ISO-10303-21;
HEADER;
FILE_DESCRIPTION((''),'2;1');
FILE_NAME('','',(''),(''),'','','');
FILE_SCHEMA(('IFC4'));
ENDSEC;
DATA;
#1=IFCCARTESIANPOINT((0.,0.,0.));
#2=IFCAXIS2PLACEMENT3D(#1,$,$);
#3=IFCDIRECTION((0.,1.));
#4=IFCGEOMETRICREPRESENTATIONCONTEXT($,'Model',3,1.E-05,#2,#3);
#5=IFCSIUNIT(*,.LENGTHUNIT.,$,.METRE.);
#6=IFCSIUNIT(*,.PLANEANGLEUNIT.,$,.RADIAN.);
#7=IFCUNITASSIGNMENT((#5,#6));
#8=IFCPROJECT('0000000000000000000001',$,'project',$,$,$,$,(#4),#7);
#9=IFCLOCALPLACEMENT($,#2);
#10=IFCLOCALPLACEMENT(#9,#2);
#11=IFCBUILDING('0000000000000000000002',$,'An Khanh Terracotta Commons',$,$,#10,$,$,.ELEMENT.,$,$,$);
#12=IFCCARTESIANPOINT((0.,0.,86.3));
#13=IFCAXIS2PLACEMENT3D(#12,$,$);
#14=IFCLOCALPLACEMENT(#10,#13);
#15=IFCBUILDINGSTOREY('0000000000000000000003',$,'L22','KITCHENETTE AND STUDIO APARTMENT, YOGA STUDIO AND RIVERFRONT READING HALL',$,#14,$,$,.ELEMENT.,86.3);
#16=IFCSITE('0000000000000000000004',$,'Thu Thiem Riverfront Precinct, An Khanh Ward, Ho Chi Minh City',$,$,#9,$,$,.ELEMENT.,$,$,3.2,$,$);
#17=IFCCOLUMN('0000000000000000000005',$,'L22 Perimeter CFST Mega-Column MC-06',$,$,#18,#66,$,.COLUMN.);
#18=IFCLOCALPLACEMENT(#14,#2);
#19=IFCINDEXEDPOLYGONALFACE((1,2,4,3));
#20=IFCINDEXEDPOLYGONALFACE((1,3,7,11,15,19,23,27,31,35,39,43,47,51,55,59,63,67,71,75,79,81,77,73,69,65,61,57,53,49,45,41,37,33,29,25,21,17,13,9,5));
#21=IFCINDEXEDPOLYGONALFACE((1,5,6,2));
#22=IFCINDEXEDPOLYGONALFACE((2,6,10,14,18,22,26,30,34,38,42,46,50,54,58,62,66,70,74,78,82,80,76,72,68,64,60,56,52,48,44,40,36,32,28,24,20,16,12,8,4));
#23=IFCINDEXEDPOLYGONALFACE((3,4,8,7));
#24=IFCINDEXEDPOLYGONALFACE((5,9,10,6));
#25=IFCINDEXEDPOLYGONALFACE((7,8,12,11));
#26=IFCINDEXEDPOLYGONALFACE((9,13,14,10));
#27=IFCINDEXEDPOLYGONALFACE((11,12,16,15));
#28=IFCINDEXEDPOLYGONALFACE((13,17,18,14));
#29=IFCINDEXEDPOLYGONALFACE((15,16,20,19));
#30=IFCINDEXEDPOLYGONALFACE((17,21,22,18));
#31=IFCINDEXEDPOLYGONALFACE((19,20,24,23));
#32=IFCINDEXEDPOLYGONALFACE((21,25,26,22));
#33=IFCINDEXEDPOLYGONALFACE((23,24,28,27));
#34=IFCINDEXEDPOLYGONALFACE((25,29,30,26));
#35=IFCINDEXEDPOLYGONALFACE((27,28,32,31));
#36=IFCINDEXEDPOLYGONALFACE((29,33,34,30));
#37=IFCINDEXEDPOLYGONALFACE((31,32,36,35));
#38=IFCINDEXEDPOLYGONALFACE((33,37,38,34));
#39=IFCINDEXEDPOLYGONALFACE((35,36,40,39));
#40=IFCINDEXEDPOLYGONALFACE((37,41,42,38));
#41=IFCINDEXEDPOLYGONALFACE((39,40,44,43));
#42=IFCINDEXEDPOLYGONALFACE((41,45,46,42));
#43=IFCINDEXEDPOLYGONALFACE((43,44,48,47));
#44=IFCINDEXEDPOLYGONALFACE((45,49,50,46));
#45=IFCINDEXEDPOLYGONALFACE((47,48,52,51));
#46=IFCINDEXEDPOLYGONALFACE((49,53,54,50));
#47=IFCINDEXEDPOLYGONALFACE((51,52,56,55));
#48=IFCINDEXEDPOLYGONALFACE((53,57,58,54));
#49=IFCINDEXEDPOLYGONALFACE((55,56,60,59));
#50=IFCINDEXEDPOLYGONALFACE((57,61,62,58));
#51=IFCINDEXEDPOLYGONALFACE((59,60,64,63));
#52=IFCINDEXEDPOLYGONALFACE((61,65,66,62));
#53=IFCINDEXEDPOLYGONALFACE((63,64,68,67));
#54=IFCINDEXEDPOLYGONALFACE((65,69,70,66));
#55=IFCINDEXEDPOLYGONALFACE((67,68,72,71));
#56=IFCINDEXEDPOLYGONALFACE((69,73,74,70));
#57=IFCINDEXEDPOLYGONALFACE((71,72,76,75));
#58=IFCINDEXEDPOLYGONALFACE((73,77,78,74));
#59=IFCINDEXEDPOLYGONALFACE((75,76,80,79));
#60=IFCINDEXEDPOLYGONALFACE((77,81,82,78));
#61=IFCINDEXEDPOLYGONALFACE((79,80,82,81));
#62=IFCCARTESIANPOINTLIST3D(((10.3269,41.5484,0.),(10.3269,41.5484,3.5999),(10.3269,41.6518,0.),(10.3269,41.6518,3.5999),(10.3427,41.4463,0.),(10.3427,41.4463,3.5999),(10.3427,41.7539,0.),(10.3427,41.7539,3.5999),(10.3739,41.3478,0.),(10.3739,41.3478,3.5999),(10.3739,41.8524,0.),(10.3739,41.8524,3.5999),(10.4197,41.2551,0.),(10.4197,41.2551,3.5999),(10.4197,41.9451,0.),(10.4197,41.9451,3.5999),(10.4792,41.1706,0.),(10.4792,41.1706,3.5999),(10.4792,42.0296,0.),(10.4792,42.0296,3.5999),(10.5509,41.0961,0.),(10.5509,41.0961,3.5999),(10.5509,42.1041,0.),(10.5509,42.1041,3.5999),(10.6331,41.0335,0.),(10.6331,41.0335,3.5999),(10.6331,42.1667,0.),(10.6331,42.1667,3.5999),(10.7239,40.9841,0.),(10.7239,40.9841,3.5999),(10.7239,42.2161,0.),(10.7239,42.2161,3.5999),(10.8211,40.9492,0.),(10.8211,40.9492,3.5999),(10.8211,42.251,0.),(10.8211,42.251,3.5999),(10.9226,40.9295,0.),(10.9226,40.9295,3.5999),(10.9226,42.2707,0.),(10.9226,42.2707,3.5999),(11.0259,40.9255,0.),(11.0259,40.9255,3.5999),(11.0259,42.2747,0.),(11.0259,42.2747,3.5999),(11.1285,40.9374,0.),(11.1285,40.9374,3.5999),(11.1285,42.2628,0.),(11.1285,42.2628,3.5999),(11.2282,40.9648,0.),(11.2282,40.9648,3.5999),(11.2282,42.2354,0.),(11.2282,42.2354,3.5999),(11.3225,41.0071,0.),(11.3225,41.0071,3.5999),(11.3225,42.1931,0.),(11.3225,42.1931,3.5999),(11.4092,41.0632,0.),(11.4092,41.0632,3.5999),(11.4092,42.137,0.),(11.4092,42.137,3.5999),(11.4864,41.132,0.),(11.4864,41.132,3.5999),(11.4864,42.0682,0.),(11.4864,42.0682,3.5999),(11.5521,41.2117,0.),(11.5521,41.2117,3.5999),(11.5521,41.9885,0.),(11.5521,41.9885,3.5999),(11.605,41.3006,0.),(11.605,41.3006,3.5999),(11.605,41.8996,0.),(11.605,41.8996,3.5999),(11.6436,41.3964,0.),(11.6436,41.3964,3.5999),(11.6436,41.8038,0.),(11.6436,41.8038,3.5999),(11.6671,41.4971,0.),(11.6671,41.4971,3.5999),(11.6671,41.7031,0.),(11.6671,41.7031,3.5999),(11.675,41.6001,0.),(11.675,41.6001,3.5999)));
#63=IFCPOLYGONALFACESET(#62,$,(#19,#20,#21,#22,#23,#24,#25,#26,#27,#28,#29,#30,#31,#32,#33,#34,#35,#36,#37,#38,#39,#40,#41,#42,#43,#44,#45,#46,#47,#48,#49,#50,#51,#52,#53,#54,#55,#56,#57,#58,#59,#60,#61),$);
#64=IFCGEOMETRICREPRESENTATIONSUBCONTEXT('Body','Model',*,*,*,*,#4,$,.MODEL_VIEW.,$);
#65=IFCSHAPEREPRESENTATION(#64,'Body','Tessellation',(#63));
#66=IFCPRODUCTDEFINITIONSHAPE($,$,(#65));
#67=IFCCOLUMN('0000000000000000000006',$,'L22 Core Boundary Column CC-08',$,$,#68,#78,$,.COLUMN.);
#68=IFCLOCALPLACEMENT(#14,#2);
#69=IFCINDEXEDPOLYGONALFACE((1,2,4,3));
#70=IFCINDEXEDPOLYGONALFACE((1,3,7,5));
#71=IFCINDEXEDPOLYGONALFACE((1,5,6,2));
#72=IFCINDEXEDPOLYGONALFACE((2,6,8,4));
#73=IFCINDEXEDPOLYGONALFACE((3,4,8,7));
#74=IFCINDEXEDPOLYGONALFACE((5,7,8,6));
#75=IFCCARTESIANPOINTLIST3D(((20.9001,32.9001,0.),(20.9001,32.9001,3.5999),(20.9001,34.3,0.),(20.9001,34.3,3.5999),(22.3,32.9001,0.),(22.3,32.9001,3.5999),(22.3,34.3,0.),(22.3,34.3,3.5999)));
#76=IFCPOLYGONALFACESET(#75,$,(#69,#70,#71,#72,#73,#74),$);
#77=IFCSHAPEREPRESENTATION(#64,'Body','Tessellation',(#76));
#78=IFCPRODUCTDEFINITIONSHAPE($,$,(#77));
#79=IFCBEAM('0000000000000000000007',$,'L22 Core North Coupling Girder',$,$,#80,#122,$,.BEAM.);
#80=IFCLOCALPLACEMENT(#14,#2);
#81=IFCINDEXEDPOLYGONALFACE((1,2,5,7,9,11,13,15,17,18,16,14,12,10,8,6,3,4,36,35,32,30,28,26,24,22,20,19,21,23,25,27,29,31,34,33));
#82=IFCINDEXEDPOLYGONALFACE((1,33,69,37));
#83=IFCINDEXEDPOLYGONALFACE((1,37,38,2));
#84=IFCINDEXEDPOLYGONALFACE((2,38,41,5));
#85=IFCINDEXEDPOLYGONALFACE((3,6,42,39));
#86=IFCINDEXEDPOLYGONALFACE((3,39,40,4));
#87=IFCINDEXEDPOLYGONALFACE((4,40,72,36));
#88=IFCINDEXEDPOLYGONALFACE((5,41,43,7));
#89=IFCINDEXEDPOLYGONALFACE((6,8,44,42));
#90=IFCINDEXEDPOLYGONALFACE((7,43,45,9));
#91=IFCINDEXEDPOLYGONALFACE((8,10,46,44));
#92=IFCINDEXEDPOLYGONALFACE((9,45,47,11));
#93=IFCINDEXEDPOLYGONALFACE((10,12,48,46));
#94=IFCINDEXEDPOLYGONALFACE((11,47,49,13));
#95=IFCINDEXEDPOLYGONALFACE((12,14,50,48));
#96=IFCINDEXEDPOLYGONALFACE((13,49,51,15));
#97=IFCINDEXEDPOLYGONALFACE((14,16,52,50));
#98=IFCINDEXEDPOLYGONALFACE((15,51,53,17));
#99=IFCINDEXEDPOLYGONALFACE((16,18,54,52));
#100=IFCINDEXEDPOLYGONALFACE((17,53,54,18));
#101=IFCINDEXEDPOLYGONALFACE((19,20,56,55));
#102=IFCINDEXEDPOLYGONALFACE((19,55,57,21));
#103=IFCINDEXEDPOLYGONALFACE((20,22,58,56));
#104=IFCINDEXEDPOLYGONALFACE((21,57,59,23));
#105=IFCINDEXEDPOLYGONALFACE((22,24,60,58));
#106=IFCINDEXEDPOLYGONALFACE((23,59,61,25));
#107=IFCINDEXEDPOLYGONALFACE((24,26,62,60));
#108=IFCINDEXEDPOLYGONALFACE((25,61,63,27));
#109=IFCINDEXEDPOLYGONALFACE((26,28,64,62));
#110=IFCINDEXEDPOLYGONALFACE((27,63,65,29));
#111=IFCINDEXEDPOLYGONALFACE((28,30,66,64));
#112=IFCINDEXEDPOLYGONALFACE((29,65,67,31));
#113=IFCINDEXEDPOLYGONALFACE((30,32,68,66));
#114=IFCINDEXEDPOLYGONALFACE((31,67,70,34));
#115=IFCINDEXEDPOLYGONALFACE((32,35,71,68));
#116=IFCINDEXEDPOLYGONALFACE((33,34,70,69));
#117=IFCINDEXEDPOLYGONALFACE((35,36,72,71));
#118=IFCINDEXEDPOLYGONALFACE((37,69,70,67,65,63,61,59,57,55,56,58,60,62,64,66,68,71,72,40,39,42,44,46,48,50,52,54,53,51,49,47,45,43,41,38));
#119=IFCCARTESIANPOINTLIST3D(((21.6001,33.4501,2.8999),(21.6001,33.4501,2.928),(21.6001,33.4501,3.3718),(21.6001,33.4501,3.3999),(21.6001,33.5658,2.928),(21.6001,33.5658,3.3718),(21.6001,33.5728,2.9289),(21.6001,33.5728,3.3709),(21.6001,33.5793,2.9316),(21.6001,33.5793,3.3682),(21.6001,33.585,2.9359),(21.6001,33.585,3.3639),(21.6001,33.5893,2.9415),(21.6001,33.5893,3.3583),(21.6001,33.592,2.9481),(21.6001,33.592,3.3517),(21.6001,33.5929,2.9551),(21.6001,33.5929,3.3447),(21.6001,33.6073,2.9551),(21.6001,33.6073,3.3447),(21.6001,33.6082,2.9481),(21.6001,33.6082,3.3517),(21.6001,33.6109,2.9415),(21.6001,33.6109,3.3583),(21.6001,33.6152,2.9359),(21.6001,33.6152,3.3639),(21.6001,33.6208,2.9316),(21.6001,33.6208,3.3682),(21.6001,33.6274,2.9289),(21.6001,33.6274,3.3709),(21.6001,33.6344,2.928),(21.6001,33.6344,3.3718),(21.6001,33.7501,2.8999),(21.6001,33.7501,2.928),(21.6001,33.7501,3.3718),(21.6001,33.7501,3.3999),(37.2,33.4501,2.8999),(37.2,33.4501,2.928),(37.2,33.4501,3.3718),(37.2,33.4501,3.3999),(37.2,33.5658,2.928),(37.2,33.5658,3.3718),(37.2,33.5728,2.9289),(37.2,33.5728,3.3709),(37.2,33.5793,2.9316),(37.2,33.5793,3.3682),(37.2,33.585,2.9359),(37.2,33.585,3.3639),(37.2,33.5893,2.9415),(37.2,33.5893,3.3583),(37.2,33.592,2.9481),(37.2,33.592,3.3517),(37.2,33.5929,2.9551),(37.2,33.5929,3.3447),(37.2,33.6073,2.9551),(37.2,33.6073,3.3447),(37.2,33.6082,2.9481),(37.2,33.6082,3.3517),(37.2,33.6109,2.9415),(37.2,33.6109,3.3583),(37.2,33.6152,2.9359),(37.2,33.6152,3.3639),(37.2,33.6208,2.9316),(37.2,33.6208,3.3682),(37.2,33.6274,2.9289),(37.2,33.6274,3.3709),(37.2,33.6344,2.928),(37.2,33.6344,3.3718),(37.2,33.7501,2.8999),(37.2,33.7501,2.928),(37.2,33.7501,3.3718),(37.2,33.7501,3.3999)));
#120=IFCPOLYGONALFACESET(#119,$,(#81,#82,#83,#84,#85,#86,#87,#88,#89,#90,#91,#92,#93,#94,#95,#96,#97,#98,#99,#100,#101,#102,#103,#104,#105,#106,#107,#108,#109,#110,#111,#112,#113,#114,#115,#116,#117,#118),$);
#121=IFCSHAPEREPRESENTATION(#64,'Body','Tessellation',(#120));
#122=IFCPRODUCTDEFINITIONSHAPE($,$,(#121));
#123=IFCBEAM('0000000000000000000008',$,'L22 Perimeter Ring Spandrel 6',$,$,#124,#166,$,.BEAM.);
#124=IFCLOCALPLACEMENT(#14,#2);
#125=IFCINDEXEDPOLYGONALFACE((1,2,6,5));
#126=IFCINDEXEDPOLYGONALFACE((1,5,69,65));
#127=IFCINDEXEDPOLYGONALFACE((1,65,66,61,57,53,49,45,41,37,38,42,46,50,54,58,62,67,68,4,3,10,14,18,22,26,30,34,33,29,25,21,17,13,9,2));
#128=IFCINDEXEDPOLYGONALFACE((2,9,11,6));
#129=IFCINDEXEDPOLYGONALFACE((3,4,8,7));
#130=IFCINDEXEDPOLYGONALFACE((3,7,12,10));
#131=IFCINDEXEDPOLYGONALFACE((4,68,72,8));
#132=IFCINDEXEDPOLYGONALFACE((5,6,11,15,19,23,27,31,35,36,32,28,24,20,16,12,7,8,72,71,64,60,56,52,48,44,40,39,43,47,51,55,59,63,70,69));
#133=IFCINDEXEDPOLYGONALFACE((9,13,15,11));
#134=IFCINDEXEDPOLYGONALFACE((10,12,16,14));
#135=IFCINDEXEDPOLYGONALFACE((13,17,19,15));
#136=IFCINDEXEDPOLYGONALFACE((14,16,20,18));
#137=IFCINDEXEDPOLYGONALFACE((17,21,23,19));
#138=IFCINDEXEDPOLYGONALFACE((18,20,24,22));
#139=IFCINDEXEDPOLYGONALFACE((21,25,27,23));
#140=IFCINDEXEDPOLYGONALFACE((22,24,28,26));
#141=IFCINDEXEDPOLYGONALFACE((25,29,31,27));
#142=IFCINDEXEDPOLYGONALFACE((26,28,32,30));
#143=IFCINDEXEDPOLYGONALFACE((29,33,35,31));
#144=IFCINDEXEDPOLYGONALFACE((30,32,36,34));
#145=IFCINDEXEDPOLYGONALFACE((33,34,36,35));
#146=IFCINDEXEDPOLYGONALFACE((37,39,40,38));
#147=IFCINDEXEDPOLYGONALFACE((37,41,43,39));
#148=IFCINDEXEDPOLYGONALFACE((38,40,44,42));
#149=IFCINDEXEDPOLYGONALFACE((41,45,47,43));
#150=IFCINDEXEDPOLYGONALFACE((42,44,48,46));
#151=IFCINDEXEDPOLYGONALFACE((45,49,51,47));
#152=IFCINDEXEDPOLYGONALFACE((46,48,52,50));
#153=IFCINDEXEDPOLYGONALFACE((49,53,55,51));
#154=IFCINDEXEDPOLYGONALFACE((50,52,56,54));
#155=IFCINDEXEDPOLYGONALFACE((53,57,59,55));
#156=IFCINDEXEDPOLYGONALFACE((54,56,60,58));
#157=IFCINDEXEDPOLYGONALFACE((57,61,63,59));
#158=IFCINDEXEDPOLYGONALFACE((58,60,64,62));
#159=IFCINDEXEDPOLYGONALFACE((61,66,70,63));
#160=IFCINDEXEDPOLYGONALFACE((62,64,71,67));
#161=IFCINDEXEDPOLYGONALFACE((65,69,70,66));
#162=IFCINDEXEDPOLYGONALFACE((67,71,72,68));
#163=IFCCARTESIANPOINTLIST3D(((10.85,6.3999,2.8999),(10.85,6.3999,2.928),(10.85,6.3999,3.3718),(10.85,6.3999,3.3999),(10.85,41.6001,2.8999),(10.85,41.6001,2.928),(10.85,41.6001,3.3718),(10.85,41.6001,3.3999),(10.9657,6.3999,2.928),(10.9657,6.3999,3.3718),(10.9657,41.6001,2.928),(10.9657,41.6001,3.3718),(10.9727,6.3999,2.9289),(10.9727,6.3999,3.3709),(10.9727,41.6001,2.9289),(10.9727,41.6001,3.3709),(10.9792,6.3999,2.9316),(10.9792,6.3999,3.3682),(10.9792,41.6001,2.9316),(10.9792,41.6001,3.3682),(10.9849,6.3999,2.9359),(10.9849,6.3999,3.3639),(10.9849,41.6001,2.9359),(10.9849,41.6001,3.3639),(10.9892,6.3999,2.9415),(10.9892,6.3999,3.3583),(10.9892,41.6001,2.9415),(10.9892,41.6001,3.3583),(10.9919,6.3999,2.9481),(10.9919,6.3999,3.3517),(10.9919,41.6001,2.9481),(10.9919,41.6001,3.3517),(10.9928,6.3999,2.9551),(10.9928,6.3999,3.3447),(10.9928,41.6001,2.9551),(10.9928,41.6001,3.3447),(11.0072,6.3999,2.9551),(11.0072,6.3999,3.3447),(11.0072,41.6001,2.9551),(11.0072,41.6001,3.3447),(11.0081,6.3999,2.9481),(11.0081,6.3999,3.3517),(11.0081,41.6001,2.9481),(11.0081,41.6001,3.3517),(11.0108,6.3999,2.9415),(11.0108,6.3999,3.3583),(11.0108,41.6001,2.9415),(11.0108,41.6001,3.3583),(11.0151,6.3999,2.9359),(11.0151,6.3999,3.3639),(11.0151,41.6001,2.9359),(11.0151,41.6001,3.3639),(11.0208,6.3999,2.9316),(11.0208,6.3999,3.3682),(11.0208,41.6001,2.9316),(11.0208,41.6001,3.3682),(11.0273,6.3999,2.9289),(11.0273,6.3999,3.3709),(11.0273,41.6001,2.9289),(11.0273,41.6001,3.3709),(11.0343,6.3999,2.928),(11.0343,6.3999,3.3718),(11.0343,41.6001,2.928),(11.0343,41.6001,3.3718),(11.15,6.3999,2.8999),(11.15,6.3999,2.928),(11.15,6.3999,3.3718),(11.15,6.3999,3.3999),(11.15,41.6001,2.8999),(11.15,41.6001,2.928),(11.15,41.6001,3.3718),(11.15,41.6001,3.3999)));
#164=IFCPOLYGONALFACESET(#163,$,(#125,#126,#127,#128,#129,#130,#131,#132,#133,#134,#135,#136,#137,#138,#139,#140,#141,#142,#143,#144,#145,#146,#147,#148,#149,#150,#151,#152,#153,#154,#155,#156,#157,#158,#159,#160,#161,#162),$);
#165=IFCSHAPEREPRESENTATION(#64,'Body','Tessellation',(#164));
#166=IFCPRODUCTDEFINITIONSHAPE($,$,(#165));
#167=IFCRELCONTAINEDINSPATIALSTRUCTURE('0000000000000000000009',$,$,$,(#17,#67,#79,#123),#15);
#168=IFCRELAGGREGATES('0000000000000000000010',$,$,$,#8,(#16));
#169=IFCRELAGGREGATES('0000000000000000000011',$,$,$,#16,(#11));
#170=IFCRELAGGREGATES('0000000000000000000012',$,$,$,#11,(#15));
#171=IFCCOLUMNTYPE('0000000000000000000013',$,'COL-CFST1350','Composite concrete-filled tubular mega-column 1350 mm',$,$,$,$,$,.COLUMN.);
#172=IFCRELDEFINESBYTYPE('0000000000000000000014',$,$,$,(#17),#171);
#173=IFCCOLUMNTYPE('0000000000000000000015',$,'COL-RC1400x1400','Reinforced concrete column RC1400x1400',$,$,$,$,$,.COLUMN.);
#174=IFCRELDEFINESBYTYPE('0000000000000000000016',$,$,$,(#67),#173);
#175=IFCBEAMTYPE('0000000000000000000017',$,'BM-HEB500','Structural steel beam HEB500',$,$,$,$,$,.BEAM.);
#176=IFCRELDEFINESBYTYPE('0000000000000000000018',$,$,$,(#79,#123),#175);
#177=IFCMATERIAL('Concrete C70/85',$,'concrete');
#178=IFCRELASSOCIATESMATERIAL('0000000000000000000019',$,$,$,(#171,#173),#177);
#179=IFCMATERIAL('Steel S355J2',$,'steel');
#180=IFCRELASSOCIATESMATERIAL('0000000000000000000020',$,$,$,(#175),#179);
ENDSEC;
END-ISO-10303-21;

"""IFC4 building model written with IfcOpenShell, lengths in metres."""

from ifc_helpers import new_model, si_unit, direction, frame, origin, origin_2d, place, context, subcontext, project, spatial, rectangle, circle, i_section, extrude, material, material_profile, profile_set, type_object, element, save


model = new_model("IFC4")

# Units and contexts
model_context = context("Model", 3, precision=1e-05, world=origin(), true_north=direction((0.0, 1.0)))
body_context = subcontext(model_context, "Body", "Model", "MODEL_VIEW")
ifc_project = project(units=[si_unit("LENGTHUNIT", "METRE"), si_unit("PLANEANGLEUNIT", "RADIAN")], contexts=[model_context])

# Site, building, storey
site_placement = place(None, origin())
site = spatial("IfcSite", under=ifc_project, at=site_placement, Name="Thu Thiem Riverfront Precinct, An Khanh Ward, Ho Chi Minh City", CompositionType="ELEMENT", RefElevation=3.2)
building_placement = place(site_placement, origin())
building = spatial("IfcBuilding", under=site, at=building_placement, Name="An Khanh Terracotta Commons", CompositionType="ELEMENT")
storey_placement = place(building_placement, frame((0.0, 0.0, 86.3)))
storey = spatial("IfcBuildingStorey", under=building, at=storey_placement, Name="L22", Description="KITCHENETTE AND STUDIO APARTMENT, YOGA STUDIO AND RIVERFRONT READING HALL", CompositionType="ELEMENT", Elevation=86.3)

# Columns
ifc_material_1 = material(Name="Concrete C70/85", Category="concrete")
ifc_material_profile_1 = material_profile(ifc_material_1, circle(Radius=0.675, at=origin_2d()), Name="CFST1350")
ifc_profile_set_1 = profile_set([ifc_material_profile_1], Name="Concrete C70/85")
column_type_1 = type_object("IfcColumnType", Name="COL-CFST1350", Description="Composite concrete-filled tubular mega-column 1350 mm", PredefinedType="COLUMN", material=ifc_profile_set_1)
column_1_placement = place(storey_placement, frame((11.0, 41.6001, 0.0), z_axis=(0.0, 0.0, 1.0), x_axis=(1.0, 0.0, 0.0)))
element("IfcColumn", 1, at=column_1_placement, inside=storey, type_object=column_type_1, Name="L22 Perimeter CFST Mega-Column MC-06", PredefinedType="COLUMN", context=body_context, shape_type="SweptSolid", body=[
    extrude(circle(Radius=0.675, at=origin_2d()), origin(), (0.0, 0.0, 1.0), 3.5999),
])
ifc_material_profile_2 = material_profile(ifc_material_1, rectangle(XDim=1.3999, YDim=1.3999, at=origin_2d()), Name="RC1400x1400")
ifc_profile_set_2 = profile_set([ifc_material_profile_2], Name="Concrete C70/85")
column_type_2 = type_object("IfcColumnType", Name="COL-RC1400x1400", Description="Reinforced concrete column RC1400x1400", PredefinedType="COLUMN", material=ifc_profile_set_2)
column_2_placement = place(storey_placement, frame((21.6001, 33.6001, 0.0), z_axis=(0.0, 0.0, 1.0), x_axis=(1.0, 0.0, 0.0)))
element("IfcColumn", 2, at=column_2_placement, inside=storey, type_object=column_type_2, Name="L22 Core Boundary Column CC-08", PredefinedType="COLUMN", context=body_context, shape_type="SweptSolid", body=[
    extrude(rectangle(XDim=1.3999, YDim=1.3999, at=origin_2d()), origin(), (0.0, 0.0, 1.0), 3.5999),
])

# Beams
ifc_material_2 = material(Name="Steel S355J2", Category="steel")
ifc_material_profile_3 = material_profile(ifc_material_2, i_section(OverallWidth=0.3, OverallDepth=0.5, WebThickness=0.0144, FlangeThickness=0.0281, FilletRadius=0.0271, at=origin_2d()), Name="HEB500")
ifc_profile_set_3 = profile_set([ifc_material_profile_3], Name="Steel S355J2")
beam_type = type_object("IfcBeamType", Name="BM-HEB500", Description="Structural steel beam HEB500", PredefinedType="BEAM", material=ifc_profile_set_3)
beam_1_placement = place(storey_placement, frame((21.6001, 33.6001, 3.1499), z_axis=(1.0, 0.0, 0.0), x_axis=(0.0, 1.0, 0.0)))
element("IfcBeam", 3, at=beam_1_placement, inside=storey, type_object=beam_type, Name="L22 Core North Coupling Girder", PredefinedType="BEAM", context=body_context, shape_type="SweptSolid", body=[
    extrude(i_section(OverallWidth=0.3, OverallDepth=0.5, WebThickness=0.0144, FlangeThickness=0.0281, FilletRadius=0.0271, at=origin_2d()), origin(), (0.0, 0.0, 1.0), 15.5999),
])
beam_2_placement = place(storey_placement, frame((11.0, 41.6001, 3.1499), z_axis=(0.0, -1.0, 0.0), x_axis=(1.0, 0.0, 0.0)))
element("IfcBeam", 4, at=beam_2_placement, inside=storey, type_object=beam_type, Name="L22 Perimeter Ring Spandrel 6", PredefinedType="BEAM", context=body_context, shape_type="SweptSolid", body=[
    extrude(i_section(OverallWidth=0.3, OverallDepth=0.5, WebThickness=0.0144, FlangeThickness=0.0281, FilletRadius=0.0271, at=origin_2d()), origin(), (0.0, 0.0, 1.0), 35.2002),
])

save(model, "model.ifc")
